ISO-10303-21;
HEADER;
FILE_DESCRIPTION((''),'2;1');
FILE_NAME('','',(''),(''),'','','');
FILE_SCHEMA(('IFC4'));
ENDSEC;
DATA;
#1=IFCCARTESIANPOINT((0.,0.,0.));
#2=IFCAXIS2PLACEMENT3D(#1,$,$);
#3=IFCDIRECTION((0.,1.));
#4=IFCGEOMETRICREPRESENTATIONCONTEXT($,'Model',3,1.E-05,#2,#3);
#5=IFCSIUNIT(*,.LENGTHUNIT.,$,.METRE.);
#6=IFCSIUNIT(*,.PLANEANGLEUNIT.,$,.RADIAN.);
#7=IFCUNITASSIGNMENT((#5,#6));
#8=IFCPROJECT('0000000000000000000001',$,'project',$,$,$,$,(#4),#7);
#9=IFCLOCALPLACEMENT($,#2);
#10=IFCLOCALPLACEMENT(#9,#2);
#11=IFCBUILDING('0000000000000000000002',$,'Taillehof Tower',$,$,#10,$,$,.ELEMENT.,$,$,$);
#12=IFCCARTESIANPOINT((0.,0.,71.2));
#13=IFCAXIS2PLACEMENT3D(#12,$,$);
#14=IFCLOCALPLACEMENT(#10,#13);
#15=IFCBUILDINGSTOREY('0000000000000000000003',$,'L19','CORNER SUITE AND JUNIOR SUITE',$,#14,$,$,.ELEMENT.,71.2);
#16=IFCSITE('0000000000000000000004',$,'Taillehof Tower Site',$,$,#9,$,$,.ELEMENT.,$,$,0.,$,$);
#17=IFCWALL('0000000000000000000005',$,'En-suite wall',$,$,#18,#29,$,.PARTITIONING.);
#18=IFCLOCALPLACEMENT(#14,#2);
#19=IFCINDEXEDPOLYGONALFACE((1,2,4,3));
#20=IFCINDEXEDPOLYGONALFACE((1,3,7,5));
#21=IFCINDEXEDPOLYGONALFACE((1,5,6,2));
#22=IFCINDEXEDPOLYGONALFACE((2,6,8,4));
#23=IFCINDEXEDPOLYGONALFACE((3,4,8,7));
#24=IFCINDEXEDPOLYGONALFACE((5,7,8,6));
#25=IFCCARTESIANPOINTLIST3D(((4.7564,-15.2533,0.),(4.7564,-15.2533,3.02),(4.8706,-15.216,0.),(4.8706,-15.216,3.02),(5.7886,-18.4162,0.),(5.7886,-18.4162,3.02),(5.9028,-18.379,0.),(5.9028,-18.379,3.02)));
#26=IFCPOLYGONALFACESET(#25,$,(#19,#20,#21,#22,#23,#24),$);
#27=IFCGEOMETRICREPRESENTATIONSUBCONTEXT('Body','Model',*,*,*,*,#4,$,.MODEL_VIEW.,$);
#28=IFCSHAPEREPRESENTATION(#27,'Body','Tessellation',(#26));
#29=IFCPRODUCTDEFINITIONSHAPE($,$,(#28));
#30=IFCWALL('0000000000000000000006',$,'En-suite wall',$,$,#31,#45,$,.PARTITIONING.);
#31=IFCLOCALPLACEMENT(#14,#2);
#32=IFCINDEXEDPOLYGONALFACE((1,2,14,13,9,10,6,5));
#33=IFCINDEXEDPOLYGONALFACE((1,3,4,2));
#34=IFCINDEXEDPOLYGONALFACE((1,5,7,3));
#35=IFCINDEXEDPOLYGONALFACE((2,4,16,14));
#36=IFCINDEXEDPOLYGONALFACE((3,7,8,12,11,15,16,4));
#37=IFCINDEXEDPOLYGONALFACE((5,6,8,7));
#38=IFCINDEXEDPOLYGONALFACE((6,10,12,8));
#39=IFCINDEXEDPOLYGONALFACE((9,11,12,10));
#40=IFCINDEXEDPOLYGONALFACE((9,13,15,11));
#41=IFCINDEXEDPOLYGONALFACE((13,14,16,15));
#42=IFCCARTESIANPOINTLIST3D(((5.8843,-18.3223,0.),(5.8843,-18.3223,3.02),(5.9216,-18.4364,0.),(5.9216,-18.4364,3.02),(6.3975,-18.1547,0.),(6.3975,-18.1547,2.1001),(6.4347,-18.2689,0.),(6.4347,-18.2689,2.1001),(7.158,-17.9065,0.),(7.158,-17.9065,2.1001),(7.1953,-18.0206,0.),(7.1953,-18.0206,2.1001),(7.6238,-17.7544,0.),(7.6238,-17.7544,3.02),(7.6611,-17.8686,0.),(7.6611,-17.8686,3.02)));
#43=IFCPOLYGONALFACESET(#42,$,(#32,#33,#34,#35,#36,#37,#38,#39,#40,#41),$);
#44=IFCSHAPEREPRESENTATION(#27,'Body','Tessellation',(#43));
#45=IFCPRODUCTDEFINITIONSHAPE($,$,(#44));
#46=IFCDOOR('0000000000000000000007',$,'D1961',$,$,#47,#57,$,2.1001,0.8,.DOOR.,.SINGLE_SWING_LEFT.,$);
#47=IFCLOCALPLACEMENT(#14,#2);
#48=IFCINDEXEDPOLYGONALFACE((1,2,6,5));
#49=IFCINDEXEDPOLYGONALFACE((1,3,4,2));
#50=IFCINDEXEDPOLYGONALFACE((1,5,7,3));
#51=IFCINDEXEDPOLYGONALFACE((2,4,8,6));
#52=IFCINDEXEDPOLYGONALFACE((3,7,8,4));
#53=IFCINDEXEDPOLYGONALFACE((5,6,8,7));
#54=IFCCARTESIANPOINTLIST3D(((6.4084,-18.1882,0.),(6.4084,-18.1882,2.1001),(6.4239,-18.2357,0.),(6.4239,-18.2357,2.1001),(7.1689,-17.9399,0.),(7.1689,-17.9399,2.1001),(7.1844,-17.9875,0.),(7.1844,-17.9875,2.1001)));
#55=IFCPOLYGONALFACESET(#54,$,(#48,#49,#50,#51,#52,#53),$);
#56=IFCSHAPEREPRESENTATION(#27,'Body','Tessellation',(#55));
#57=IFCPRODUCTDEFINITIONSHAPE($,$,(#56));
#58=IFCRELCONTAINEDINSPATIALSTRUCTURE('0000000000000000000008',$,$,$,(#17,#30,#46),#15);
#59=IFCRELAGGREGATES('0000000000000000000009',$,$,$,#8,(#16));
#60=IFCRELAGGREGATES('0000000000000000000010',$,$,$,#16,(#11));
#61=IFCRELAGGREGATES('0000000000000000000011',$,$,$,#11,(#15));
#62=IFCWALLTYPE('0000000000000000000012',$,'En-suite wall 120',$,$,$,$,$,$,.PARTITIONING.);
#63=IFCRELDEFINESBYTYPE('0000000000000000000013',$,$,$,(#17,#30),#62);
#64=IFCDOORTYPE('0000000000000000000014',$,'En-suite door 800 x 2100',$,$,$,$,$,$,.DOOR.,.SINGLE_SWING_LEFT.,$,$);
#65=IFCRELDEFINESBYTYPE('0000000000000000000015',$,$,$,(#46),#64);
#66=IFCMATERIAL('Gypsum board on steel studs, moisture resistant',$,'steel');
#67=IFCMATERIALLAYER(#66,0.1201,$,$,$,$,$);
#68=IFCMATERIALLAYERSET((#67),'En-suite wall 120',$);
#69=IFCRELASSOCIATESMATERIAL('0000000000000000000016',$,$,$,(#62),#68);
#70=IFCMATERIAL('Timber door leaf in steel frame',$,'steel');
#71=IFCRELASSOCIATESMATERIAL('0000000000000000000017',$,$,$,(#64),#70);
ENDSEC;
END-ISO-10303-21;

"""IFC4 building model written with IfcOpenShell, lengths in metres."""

from ifc_helpers import new_model, si_unit, direction, frame, frame_2d, origin, place, context, subcontext, project, spatial, rectangle, extrude, material, layer, layer_set, type_object, element, fill, save


model = new_model("IFC4")

# Units and contexts
model_context = context("Model", 3, precision=1e-05, world=origin(), true_north=direction((0.0, 1.0)))
body_context = subcontext(model_context, "Body", "Model", "MODEL_VIEW")
ifc_project = project(units=[si_unit("LENGTHUNIT", "METRE"), si_unit("PLANEANGLEUNIT", "RADIAN")], contexts=[model_context])

# Site, building, storey
site_placement = place(None, origin())
site = spatial("IfcSite", under=ifc_project, at=site_placement, Name="Taillehof Tower Site", CompositionType="ELEMENT", RefElevation=0.0)
building_placement = place(site_placement, origin())
building = spatial("IfcBuilding", under=site, at=building_placement, Name="Taillehof Tower", CompositionType="ELEMENT")
storey_placement = place(building_placement, frame((0.0, 0.0, 71.2)))
storey = spatial("IfcBuildingStorey", under=building, at=storey_placement, Name="L19", Description="CORNER SUITE AND JUNIOR SUITE", CompositionType="ELEMENT", Elevation=71.2)

# Wall
ifc_material_1 = material(Name="Gypsum board on steel studs, moisture resistant", Category="steel")
ifc_layer_1 = layer(ifc_material_1, 0.1201)
ifc_layer_set_1 = layer_set([ifc_layer_1], Name="En-suite wall 120")
wall_type_1 = type_object("IfcWallType", Name="En-suite wall 120", PredefinedType="PARTITIONING", material=ifc_layer_set_1)
wall_1_placement = place(storey_placement, frame((4.8135, -15.2346, 0.0), z_axis=(0.0, 0.0, 1.0), x_axis=(0.310234, -0.95066, 0.0)))
element("IfcWall", 1, at=wall_1_placement, inside=storey, type_object=wall_type_1, Name="En-suite wall", PredefinedType="PARTITIONING", context=body_context, shape_type="SweptSolid", body=[
    extrude(rectangle(XDim=3.3271, YDim=0.1201, at=frame_2d((1.6636, 0.0))), origin(), (0.0, 0.0, 1.0), 3.02),
])

# Wall, opening, door
wall_2_placement = place(storey_placement, frame((5.9028, -18.3794, 0.0), z_axis=(0.0, 0.0, 1.0), x_axis=(0.950626, 0.310338, 0.0)))
wall_2 = element("IfcWall", 2, at=wall_2_placement, inside=storey, type_object=wall_type_1, Name="En-suite wall", PredefinedType="PARTITIONING", context=body_context, shape_type="SweptSolid", body=[
    extrude(rectangle(XDim=1.8298, YDim=0.1201, at=frame_2d((0.915, 0.0))), origin(), (0.0, 0.0, 1.0), 3.02),
])
opening_1_placement = place(wall_2_placement, frame((0.54, 0.0, 0.0)))
opening_1 = element("IfcOpeningElement", 3, at=opening_1_placement, cuts=wall_2, PredefinedType="OPENING", context=body_context, shape_type="SweptSolid", body=[
    extrude(rectangle(XDim=0.8, YDim=2.1001, at=frame_2d((0.3999, 1.05))), frame((0.0, 0.0701, 0.0), z_axis=(0.0, -1.0, 0.0), x_axis=(1.0, 0.0, 0.0)), (0.0, 0.0, 1.0), 0.1401),
])
ifc_material_2 = material(Name="Timber door leaf in steel frame", Category="steel")
door_type_1 = type_object("IfcDoorType", Name="En-suite door 800 x 2100", OperationType="SINGLE_SWING_LEFT", PredefinedType="DOOR", material=ifc_material_2)
door_1_placement = place(opening_1_placement, origin())
door_1 = element("IfcDoor", 4, at=door_1_placement, inside=storey, type_object=door_type_1, Name="D1961", OperationType="SINGLE_SWING_LEFT", OverallHeight=2.1001, OverallWidth=0.8, PredefinedType="DOOR", context=body_context, shape_type="SweptSolid", body=[
    extrude(rectangle(XDim=0.8, YDim=2.1001, at=frame_2d((0.3999, 1.05))), frame((0.0, 0.0249, 0.0), z_axis=(0.0, -1.0, 0.0), x_axis=(1.0, 0.0, 0.0)), (0.0, 0.0, 1.0), 0.05),
])
fill(opening_1, door_1)

save(model, "model.ifc")
